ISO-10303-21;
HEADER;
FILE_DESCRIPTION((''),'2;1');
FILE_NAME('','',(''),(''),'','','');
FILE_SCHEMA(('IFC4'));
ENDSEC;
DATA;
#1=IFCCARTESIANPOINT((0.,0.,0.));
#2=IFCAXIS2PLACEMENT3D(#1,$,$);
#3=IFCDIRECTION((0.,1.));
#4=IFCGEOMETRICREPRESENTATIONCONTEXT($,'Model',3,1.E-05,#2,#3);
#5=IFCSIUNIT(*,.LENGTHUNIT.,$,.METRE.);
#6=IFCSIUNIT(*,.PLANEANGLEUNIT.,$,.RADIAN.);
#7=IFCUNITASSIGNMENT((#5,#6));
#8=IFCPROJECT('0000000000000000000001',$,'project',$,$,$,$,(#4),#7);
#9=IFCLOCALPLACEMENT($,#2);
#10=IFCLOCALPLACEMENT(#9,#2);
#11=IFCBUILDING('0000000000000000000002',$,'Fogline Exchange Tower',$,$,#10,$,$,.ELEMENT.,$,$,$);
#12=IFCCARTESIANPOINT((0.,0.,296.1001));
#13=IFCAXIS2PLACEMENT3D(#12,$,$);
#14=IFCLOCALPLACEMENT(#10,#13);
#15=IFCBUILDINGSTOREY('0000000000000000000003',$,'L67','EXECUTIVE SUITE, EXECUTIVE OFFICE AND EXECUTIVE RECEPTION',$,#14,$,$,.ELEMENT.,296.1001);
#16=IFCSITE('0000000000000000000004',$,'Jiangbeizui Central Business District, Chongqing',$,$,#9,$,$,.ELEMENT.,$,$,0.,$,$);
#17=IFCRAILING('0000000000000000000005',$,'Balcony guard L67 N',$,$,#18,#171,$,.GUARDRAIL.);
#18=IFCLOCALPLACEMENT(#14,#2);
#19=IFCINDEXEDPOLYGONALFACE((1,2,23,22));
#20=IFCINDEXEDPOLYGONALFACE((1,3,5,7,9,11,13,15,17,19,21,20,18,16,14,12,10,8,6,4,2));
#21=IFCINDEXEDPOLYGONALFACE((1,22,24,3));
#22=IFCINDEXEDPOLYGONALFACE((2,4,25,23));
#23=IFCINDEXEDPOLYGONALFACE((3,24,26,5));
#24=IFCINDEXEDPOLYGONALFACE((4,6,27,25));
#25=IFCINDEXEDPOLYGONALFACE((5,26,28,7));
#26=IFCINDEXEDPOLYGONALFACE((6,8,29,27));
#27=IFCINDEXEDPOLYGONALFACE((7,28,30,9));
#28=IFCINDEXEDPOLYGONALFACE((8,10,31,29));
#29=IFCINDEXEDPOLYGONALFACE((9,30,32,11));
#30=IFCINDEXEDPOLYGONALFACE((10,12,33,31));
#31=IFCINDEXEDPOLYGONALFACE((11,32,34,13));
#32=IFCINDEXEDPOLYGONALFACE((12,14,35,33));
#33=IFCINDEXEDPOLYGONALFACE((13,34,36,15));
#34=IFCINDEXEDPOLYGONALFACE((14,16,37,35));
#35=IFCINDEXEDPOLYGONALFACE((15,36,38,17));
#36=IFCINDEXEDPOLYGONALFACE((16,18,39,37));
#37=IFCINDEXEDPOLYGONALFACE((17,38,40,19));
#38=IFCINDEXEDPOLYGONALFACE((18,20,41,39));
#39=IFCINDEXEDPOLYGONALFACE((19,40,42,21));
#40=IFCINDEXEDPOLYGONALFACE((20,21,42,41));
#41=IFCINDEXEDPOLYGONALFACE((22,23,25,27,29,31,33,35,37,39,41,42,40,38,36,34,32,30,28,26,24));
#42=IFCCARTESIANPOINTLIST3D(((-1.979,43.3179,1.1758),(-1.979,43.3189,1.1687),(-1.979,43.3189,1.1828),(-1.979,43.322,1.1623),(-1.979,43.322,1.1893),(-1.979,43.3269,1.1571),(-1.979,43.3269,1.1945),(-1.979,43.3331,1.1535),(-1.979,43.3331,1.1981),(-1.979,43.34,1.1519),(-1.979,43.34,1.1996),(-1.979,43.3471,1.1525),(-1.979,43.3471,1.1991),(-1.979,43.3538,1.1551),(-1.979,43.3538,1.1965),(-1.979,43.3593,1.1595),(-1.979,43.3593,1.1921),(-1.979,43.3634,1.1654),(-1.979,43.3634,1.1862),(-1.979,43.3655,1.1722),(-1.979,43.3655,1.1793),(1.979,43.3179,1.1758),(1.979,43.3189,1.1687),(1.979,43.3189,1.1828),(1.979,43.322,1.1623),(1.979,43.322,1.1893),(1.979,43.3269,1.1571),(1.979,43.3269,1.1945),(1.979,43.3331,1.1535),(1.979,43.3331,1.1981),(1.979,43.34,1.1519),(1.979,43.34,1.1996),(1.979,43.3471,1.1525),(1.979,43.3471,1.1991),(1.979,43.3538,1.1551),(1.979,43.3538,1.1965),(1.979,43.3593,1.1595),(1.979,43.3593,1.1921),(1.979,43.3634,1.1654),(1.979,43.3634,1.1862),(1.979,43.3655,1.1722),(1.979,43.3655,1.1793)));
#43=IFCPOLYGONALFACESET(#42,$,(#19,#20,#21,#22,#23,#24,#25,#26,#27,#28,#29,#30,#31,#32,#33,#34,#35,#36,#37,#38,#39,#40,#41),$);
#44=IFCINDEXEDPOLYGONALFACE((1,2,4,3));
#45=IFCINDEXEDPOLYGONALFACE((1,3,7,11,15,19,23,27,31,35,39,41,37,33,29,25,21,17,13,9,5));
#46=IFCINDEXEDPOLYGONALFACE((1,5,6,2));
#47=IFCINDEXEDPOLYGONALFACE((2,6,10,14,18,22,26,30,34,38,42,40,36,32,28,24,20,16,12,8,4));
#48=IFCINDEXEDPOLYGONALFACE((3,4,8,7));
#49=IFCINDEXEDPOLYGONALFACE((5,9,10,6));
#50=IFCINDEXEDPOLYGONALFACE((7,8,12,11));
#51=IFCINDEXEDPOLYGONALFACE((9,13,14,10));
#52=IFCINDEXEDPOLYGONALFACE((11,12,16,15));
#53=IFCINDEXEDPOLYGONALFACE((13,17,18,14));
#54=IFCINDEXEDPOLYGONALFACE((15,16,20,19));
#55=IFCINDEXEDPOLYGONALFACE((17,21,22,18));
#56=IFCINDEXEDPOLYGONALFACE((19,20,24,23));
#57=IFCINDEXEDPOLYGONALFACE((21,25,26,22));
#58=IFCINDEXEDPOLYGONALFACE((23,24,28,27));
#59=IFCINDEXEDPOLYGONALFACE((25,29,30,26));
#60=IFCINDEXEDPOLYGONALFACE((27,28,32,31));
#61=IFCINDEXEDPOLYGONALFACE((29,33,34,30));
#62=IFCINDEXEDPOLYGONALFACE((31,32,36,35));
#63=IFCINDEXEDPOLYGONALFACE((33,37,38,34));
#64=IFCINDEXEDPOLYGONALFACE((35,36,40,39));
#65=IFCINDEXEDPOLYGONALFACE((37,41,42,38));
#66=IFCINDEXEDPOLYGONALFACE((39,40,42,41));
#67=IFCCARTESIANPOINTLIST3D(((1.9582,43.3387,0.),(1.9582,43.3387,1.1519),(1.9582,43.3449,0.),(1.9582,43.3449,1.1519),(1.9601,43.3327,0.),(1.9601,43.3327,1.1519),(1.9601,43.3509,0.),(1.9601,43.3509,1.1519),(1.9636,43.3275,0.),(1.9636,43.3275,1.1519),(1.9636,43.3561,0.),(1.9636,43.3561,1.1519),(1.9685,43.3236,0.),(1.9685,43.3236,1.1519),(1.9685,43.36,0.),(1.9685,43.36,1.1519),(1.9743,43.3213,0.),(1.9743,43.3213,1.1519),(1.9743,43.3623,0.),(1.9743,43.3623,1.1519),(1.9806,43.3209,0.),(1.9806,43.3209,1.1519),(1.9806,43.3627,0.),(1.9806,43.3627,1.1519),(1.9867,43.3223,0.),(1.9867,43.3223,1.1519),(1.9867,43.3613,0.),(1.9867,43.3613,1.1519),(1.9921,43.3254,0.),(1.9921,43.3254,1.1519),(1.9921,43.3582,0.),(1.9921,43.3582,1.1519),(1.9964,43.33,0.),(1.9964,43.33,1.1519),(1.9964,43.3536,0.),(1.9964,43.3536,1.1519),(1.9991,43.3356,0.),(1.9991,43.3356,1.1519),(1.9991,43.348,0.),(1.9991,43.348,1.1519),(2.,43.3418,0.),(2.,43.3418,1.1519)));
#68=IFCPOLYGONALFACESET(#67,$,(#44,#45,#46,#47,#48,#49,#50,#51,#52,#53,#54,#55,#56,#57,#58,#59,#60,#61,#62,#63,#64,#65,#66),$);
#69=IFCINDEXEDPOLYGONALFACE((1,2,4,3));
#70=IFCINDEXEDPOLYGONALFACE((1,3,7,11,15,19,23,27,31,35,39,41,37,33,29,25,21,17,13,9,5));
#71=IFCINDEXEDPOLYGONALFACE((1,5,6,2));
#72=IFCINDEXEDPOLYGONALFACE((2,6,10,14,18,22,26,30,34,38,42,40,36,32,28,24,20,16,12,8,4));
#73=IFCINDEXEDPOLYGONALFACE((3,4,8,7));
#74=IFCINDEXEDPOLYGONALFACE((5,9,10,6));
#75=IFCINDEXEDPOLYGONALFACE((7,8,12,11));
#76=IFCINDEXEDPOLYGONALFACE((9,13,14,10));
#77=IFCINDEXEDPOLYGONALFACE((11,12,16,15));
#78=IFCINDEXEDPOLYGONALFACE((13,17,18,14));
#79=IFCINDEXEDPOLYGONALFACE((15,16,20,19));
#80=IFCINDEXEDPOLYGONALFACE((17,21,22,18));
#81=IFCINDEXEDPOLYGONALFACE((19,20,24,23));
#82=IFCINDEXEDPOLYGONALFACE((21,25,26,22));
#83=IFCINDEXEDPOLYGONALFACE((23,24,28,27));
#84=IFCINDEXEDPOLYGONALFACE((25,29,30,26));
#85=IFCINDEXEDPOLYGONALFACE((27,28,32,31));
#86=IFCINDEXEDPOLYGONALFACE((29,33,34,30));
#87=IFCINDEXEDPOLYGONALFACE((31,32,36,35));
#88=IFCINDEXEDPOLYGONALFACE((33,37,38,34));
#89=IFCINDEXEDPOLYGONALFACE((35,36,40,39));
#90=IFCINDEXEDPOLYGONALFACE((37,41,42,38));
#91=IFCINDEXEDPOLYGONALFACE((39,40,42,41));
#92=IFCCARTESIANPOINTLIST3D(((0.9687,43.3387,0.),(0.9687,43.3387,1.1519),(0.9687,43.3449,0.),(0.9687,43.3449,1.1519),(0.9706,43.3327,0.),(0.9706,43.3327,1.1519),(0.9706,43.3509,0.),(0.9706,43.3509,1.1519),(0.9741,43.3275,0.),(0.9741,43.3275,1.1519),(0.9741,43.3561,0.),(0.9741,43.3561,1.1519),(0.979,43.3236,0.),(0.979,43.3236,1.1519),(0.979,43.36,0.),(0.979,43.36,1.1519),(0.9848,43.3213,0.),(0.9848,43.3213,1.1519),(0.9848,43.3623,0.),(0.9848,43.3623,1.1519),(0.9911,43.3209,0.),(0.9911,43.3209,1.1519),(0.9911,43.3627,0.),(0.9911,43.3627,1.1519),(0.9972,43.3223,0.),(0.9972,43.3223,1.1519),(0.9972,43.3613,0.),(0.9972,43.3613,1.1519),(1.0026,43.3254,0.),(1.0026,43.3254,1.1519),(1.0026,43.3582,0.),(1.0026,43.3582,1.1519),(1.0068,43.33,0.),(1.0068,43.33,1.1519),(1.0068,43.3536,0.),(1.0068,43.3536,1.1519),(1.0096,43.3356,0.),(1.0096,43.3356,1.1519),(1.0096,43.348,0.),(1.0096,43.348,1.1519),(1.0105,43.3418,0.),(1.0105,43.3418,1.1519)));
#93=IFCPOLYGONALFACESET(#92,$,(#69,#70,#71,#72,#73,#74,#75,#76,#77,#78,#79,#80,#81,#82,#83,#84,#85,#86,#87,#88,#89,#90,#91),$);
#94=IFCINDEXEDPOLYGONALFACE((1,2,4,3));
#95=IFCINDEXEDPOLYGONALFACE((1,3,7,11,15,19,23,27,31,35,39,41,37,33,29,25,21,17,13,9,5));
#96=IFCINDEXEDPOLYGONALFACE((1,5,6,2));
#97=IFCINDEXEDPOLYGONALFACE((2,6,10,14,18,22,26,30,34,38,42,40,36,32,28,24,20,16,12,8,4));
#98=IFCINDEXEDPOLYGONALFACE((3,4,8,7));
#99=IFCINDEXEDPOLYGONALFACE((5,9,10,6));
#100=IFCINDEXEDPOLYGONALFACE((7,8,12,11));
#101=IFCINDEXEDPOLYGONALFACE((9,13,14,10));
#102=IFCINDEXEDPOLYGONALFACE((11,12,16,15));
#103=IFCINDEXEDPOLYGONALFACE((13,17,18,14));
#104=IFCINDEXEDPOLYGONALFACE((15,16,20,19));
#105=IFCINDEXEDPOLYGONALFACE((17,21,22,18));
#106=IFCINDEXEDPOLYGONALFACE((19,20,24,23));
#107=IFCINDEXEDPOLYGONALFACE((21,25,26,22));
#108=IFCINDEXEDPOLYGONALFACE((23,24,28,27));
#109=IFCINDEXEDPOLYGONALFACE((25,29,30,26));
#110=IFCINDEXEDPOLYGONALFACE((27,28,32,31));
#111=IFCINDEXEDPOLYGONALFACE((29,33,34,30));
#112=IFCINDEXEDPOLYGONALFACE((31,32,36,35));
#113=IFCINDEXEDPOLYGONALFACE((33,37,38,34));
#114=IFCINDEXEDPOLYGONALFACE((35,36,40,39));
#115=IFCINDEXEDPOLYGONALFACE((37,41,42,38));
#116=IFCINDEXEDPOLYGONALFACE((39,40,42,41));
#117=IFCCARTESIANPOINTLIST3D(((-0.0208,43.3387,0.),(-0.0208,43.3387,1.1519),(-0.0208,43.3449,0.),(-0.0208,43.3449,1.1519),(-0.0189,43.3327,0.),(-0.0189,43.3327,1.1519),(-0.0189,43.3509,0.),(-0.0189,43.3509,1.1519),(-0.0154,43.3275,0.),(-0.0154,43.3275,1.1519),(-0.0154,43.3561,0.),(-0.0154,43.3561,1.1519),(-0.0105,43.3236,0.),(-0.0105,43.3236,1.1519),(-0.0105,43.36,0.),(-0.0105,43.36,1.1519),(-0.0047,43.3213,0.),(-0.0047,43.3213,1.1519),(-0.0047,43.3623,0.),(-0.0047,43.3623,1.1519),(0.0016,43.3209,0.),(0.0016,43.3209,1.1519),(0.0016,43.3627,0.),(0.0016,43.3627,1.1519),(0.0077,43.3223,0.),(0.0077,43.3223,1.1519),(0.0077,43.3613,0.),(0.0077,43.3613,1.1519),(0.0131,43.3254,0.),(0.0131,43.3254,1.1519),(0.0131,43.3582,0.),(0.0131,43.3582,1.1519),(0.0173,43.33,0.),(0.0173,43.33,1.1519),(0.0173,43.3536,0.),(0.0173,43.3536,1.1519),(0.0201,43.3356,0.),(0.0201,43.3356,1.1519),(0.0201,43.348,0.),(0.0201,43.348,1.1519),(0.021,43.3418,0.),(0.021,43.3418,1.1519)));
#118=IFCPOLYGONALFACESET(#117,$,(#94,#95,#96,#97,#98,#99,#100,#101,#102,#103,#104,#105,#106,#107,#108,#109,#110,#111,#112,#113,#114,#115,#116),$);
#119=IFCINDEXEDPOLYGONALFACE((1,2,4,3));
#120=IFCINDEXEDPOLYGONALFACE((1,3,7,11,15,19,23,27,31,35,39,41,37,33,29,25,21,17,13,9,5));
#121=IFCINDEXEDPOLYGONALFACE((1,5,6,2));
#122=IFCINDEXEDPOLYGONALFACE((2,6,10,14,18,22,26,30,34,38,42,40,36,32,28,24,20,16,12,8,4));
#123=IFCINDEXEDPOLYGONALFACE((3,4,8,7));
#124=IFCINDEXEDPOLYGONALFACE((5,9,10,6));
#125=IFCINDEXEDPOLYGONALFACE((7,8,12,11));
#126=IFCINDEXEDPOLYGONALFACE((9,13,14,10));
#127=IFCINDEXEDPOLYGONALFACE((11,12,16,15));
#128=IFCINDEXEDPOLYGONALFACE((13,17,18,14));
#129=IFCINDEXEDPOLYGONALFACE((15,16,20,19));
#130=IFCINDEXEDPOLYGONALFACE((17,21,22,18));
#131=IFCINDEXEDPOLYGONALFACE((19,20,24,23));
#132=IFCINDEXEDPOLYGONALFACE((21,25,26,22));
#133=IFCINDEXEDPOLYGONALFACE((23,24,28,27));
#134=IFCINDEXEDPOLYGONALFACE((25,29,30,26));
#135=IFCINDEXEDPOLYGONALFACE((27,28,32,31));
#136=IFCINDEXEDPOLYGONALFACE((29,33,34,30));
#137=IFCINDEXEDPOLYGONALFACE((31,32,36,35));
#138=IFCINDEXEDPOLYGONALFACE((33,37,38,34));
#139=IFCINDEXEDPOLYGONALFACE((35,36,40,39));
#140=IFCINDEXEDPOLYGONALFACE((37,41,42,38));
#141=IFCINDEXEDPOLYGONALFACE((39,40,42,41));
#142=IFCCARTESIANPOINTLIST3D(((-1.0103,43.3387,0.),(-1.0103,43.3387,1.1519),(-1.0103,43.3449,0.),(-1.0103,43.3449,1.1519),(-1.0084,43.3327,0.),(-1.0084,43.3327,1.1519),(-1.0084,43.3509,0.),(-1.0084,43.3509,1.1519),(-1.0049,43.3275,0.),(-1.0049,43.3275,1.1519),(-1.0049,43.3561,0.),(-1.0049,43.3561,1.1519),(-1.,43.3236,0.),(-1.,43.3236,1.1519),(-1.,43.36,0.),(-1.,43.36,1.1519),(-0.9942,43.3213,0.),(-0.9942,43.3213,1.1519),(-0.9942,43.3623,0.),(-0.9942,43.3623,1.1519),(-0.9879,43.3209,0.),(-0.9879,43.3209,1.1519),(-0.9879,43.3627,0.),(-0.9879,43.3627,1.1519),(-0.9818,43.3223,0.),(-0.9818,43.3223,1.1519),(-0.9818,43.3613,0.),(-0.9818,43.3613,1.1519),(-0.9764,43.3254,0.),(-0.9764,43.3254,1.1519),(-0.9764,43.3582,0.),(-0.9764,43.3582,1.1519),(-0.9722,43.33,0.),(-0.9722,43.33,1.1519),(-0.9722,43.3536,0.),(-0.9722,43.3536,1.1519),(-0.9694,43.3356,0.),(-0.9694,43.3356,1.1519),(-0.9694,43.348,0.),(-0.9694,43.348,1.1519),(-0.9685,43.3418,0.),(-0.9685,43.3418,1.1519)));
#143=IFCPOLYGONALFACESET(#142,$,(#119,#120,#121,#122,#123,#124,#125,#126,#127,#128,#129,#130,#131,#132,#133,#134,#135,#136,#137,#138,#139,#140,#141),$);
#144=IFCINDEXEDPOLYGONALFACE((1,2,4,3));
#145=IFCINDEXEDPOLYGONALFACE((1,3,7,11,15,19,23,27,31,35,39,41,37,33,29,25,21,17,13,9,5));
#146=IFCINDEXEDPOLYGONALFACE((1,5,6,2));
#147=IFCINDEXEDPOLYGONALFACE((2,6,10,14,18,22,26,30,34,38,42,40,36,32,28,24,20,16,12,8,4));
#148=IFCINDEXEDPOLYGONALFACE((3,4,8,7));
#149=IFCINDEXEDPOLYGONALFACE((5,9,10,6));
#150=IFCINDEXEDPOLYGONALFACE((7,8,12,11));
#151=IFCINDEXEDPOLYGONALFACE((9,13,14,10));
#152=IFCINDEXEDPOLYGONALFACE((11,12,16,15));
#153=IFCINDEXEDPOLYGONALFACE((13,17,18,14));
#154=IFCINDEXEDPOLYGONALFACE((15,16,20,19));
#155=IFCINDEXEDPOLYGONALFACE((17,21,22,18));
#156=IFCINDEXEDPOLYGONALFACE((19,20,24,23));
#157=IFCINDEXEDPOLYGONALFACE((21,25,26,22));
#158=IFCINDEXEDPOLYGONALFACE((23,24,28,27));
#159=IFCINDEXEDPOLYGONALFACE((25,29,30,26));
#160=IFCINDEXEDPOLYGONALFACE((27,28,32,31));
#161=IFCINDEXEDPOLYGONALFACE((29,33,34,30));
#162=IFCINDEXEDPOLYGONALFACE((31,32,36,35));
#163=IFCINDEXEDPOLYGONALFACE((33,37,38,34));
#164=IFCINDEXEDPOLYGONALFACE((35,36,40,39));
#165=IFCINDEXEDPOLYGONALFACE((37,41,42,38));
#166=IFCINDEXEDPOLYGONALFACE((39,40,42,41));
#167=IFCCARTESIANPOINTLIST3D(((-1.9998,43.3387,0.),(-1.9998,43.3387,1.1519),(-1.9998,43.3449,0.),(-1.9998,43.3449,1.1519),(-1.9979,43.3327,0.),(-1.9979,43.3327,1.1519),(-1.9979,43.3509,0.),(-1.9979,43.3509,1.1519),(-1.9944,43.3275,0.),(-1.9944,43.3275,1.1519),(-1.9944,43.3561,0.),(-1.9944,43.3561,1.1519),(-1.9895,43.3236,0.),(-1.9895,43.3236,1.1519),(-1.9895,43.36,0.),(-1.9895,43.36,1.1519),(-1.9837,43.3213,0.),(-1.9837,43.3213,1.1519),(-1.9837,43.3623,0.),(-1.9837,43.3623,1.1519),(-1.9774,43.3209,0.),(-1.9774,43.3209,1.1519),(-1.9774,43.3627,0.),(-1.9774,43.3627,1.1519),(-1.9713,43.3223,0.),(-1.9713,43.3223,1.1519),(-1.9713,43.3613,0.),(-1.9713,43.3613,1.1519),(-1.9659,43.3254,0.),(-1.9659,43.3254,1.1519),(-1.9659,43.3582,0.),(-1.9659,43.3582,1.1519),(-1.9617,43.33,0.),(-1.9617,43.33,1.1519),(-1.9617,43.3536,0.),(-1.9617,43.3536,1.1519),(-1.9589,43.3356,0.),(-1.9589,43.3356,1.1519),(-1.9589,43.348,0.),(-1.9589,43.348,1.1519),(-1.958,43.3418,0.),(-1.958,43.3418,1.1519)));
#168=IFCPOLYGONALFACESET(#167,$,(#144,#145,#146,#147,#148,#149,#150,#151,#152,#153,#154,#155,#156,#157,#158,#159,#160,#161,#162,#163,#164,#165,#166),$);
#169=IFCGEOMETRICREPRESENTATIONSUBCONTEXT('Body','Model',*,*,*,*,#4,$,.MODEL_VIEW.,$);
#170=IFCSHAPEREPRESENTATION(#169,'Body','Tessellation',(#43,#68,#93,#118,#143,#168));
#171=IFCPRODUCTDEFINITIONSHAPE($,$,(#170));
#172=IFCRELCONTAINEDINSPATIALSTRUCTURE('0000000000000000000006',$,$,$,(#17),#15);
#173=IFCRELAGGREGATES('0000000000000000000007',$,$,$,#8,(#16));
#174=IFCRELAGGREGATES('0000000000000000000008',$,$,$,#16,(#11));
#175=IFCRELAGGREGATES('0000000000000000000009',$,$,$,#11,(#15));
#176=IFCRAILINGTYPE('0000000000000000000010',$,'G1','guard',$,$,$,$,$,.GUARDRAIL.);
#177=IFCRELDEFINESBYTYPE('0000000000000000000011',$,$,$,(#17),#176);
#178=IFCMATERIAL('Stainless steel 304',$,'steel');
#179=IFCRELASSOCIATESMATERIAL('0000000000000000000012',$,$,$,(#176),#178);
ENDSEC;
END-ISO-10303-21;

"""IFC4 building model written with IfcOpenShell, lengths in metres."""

from ifc_helpers import new_model, si_unit, direction, frame, origin, origin_2d, place, context, subcontext, project, spatial, circle, extrude, material, type_object, element, save


model = new_model("IFC4")

# Units and contexts
model_context = context("Model", 3, precision=1e-05, world=origin(), true_north=direction((0.0, 1.0)))
body_context = subcontext(model_context, "Body", "Model", "MODEL_VIEW")
ifc_project = project(units=[si_unit("LENGTHUNIT", "METRE"), si_unit("PLANEANGLEUNIT", "RADIAN")], contexts=[model_context])

# Site, building, storey
site_placement = place(None, origin())
site = spatial("IfcSite", under=ifc_project, at=site_placement, Name="Jiangbeizui Central Business District, Chongqing", CompositionType="ELEMENT", RefElevation=0.0)
building_placement = place(site_placement, origin())
building = spatial("IfcBuilding", under=site, at=building_placement, Name="Fogline Exchange Tower", CompositionType="ELEMENT")
storey_placement = place(building_placement, frame((0.0, 0.0, 296.1001)))
storey = spatial("IfcBuildingStorey", under=building, at=storey_placement, Name="L67", Description="EXECUTIVE SUITE, EXECUTIVE OFFICE AND EXECUTIVE RECEPTION", CompositionType="ELEMENT", Elevation=296.1001)

# Railing
ifc_material_1 = material(Name="Stainless steel 304", Category="steel")
railing_type = type_object("IfcRailingType", Name="G1", Description="guard", PredefinedType="GUARDRAIL", material=ifc_material_1)
railing_placement = place(storey_placement, frame((1.979, 43.3418, 0.0)))
element("IfcRailing", 1, at=railing_placement, inside=storey, type_object=railing_type, Name="Balcony guard L67 N", PredefinedType="GUARDRAIL", context=body_context, shape_type="SweptSolid", body=[
    extrude(circle(Radius=0.0239, at=origin_2d()), frame((0.0, 0.0, 1.1758), z_axis=(-1.0, 0.0, 0.0), x_axis=(0.0, -1.0, 0.0)), (0.0, 0.0, 1.0), 3.958),
    extrude(circle(Radius=0.021, at=origin_2d()), origin(), (0.0, 0.0, 1.0), 1.1519),
    extrude(circle(Radius=0.021, at=origin_2d()), frame((-0.9895, 0.0, 0.0)), (0.0, 0.0, 1.0), 1.1519),
    extrude(circle(Radius=0.021, at=origin_2d()), frame((-1.979, 0.0, 0.0)), (0.0, 0.0, 1.0), 1.1519),
    extrude(circle(Radius=0.021, at=origin_2d()), frame((-2.9685, 0.0, 0.0)), (0.0, 0.0, 1.0), 1.1519),
    extrude(circle(Radius=0.021, at=origin_2d()), frame((-3.958, 0.0, 0.0)), (0.0, 0.0, 1.0), 1.1519),
])

save(model, "model.ifc")
